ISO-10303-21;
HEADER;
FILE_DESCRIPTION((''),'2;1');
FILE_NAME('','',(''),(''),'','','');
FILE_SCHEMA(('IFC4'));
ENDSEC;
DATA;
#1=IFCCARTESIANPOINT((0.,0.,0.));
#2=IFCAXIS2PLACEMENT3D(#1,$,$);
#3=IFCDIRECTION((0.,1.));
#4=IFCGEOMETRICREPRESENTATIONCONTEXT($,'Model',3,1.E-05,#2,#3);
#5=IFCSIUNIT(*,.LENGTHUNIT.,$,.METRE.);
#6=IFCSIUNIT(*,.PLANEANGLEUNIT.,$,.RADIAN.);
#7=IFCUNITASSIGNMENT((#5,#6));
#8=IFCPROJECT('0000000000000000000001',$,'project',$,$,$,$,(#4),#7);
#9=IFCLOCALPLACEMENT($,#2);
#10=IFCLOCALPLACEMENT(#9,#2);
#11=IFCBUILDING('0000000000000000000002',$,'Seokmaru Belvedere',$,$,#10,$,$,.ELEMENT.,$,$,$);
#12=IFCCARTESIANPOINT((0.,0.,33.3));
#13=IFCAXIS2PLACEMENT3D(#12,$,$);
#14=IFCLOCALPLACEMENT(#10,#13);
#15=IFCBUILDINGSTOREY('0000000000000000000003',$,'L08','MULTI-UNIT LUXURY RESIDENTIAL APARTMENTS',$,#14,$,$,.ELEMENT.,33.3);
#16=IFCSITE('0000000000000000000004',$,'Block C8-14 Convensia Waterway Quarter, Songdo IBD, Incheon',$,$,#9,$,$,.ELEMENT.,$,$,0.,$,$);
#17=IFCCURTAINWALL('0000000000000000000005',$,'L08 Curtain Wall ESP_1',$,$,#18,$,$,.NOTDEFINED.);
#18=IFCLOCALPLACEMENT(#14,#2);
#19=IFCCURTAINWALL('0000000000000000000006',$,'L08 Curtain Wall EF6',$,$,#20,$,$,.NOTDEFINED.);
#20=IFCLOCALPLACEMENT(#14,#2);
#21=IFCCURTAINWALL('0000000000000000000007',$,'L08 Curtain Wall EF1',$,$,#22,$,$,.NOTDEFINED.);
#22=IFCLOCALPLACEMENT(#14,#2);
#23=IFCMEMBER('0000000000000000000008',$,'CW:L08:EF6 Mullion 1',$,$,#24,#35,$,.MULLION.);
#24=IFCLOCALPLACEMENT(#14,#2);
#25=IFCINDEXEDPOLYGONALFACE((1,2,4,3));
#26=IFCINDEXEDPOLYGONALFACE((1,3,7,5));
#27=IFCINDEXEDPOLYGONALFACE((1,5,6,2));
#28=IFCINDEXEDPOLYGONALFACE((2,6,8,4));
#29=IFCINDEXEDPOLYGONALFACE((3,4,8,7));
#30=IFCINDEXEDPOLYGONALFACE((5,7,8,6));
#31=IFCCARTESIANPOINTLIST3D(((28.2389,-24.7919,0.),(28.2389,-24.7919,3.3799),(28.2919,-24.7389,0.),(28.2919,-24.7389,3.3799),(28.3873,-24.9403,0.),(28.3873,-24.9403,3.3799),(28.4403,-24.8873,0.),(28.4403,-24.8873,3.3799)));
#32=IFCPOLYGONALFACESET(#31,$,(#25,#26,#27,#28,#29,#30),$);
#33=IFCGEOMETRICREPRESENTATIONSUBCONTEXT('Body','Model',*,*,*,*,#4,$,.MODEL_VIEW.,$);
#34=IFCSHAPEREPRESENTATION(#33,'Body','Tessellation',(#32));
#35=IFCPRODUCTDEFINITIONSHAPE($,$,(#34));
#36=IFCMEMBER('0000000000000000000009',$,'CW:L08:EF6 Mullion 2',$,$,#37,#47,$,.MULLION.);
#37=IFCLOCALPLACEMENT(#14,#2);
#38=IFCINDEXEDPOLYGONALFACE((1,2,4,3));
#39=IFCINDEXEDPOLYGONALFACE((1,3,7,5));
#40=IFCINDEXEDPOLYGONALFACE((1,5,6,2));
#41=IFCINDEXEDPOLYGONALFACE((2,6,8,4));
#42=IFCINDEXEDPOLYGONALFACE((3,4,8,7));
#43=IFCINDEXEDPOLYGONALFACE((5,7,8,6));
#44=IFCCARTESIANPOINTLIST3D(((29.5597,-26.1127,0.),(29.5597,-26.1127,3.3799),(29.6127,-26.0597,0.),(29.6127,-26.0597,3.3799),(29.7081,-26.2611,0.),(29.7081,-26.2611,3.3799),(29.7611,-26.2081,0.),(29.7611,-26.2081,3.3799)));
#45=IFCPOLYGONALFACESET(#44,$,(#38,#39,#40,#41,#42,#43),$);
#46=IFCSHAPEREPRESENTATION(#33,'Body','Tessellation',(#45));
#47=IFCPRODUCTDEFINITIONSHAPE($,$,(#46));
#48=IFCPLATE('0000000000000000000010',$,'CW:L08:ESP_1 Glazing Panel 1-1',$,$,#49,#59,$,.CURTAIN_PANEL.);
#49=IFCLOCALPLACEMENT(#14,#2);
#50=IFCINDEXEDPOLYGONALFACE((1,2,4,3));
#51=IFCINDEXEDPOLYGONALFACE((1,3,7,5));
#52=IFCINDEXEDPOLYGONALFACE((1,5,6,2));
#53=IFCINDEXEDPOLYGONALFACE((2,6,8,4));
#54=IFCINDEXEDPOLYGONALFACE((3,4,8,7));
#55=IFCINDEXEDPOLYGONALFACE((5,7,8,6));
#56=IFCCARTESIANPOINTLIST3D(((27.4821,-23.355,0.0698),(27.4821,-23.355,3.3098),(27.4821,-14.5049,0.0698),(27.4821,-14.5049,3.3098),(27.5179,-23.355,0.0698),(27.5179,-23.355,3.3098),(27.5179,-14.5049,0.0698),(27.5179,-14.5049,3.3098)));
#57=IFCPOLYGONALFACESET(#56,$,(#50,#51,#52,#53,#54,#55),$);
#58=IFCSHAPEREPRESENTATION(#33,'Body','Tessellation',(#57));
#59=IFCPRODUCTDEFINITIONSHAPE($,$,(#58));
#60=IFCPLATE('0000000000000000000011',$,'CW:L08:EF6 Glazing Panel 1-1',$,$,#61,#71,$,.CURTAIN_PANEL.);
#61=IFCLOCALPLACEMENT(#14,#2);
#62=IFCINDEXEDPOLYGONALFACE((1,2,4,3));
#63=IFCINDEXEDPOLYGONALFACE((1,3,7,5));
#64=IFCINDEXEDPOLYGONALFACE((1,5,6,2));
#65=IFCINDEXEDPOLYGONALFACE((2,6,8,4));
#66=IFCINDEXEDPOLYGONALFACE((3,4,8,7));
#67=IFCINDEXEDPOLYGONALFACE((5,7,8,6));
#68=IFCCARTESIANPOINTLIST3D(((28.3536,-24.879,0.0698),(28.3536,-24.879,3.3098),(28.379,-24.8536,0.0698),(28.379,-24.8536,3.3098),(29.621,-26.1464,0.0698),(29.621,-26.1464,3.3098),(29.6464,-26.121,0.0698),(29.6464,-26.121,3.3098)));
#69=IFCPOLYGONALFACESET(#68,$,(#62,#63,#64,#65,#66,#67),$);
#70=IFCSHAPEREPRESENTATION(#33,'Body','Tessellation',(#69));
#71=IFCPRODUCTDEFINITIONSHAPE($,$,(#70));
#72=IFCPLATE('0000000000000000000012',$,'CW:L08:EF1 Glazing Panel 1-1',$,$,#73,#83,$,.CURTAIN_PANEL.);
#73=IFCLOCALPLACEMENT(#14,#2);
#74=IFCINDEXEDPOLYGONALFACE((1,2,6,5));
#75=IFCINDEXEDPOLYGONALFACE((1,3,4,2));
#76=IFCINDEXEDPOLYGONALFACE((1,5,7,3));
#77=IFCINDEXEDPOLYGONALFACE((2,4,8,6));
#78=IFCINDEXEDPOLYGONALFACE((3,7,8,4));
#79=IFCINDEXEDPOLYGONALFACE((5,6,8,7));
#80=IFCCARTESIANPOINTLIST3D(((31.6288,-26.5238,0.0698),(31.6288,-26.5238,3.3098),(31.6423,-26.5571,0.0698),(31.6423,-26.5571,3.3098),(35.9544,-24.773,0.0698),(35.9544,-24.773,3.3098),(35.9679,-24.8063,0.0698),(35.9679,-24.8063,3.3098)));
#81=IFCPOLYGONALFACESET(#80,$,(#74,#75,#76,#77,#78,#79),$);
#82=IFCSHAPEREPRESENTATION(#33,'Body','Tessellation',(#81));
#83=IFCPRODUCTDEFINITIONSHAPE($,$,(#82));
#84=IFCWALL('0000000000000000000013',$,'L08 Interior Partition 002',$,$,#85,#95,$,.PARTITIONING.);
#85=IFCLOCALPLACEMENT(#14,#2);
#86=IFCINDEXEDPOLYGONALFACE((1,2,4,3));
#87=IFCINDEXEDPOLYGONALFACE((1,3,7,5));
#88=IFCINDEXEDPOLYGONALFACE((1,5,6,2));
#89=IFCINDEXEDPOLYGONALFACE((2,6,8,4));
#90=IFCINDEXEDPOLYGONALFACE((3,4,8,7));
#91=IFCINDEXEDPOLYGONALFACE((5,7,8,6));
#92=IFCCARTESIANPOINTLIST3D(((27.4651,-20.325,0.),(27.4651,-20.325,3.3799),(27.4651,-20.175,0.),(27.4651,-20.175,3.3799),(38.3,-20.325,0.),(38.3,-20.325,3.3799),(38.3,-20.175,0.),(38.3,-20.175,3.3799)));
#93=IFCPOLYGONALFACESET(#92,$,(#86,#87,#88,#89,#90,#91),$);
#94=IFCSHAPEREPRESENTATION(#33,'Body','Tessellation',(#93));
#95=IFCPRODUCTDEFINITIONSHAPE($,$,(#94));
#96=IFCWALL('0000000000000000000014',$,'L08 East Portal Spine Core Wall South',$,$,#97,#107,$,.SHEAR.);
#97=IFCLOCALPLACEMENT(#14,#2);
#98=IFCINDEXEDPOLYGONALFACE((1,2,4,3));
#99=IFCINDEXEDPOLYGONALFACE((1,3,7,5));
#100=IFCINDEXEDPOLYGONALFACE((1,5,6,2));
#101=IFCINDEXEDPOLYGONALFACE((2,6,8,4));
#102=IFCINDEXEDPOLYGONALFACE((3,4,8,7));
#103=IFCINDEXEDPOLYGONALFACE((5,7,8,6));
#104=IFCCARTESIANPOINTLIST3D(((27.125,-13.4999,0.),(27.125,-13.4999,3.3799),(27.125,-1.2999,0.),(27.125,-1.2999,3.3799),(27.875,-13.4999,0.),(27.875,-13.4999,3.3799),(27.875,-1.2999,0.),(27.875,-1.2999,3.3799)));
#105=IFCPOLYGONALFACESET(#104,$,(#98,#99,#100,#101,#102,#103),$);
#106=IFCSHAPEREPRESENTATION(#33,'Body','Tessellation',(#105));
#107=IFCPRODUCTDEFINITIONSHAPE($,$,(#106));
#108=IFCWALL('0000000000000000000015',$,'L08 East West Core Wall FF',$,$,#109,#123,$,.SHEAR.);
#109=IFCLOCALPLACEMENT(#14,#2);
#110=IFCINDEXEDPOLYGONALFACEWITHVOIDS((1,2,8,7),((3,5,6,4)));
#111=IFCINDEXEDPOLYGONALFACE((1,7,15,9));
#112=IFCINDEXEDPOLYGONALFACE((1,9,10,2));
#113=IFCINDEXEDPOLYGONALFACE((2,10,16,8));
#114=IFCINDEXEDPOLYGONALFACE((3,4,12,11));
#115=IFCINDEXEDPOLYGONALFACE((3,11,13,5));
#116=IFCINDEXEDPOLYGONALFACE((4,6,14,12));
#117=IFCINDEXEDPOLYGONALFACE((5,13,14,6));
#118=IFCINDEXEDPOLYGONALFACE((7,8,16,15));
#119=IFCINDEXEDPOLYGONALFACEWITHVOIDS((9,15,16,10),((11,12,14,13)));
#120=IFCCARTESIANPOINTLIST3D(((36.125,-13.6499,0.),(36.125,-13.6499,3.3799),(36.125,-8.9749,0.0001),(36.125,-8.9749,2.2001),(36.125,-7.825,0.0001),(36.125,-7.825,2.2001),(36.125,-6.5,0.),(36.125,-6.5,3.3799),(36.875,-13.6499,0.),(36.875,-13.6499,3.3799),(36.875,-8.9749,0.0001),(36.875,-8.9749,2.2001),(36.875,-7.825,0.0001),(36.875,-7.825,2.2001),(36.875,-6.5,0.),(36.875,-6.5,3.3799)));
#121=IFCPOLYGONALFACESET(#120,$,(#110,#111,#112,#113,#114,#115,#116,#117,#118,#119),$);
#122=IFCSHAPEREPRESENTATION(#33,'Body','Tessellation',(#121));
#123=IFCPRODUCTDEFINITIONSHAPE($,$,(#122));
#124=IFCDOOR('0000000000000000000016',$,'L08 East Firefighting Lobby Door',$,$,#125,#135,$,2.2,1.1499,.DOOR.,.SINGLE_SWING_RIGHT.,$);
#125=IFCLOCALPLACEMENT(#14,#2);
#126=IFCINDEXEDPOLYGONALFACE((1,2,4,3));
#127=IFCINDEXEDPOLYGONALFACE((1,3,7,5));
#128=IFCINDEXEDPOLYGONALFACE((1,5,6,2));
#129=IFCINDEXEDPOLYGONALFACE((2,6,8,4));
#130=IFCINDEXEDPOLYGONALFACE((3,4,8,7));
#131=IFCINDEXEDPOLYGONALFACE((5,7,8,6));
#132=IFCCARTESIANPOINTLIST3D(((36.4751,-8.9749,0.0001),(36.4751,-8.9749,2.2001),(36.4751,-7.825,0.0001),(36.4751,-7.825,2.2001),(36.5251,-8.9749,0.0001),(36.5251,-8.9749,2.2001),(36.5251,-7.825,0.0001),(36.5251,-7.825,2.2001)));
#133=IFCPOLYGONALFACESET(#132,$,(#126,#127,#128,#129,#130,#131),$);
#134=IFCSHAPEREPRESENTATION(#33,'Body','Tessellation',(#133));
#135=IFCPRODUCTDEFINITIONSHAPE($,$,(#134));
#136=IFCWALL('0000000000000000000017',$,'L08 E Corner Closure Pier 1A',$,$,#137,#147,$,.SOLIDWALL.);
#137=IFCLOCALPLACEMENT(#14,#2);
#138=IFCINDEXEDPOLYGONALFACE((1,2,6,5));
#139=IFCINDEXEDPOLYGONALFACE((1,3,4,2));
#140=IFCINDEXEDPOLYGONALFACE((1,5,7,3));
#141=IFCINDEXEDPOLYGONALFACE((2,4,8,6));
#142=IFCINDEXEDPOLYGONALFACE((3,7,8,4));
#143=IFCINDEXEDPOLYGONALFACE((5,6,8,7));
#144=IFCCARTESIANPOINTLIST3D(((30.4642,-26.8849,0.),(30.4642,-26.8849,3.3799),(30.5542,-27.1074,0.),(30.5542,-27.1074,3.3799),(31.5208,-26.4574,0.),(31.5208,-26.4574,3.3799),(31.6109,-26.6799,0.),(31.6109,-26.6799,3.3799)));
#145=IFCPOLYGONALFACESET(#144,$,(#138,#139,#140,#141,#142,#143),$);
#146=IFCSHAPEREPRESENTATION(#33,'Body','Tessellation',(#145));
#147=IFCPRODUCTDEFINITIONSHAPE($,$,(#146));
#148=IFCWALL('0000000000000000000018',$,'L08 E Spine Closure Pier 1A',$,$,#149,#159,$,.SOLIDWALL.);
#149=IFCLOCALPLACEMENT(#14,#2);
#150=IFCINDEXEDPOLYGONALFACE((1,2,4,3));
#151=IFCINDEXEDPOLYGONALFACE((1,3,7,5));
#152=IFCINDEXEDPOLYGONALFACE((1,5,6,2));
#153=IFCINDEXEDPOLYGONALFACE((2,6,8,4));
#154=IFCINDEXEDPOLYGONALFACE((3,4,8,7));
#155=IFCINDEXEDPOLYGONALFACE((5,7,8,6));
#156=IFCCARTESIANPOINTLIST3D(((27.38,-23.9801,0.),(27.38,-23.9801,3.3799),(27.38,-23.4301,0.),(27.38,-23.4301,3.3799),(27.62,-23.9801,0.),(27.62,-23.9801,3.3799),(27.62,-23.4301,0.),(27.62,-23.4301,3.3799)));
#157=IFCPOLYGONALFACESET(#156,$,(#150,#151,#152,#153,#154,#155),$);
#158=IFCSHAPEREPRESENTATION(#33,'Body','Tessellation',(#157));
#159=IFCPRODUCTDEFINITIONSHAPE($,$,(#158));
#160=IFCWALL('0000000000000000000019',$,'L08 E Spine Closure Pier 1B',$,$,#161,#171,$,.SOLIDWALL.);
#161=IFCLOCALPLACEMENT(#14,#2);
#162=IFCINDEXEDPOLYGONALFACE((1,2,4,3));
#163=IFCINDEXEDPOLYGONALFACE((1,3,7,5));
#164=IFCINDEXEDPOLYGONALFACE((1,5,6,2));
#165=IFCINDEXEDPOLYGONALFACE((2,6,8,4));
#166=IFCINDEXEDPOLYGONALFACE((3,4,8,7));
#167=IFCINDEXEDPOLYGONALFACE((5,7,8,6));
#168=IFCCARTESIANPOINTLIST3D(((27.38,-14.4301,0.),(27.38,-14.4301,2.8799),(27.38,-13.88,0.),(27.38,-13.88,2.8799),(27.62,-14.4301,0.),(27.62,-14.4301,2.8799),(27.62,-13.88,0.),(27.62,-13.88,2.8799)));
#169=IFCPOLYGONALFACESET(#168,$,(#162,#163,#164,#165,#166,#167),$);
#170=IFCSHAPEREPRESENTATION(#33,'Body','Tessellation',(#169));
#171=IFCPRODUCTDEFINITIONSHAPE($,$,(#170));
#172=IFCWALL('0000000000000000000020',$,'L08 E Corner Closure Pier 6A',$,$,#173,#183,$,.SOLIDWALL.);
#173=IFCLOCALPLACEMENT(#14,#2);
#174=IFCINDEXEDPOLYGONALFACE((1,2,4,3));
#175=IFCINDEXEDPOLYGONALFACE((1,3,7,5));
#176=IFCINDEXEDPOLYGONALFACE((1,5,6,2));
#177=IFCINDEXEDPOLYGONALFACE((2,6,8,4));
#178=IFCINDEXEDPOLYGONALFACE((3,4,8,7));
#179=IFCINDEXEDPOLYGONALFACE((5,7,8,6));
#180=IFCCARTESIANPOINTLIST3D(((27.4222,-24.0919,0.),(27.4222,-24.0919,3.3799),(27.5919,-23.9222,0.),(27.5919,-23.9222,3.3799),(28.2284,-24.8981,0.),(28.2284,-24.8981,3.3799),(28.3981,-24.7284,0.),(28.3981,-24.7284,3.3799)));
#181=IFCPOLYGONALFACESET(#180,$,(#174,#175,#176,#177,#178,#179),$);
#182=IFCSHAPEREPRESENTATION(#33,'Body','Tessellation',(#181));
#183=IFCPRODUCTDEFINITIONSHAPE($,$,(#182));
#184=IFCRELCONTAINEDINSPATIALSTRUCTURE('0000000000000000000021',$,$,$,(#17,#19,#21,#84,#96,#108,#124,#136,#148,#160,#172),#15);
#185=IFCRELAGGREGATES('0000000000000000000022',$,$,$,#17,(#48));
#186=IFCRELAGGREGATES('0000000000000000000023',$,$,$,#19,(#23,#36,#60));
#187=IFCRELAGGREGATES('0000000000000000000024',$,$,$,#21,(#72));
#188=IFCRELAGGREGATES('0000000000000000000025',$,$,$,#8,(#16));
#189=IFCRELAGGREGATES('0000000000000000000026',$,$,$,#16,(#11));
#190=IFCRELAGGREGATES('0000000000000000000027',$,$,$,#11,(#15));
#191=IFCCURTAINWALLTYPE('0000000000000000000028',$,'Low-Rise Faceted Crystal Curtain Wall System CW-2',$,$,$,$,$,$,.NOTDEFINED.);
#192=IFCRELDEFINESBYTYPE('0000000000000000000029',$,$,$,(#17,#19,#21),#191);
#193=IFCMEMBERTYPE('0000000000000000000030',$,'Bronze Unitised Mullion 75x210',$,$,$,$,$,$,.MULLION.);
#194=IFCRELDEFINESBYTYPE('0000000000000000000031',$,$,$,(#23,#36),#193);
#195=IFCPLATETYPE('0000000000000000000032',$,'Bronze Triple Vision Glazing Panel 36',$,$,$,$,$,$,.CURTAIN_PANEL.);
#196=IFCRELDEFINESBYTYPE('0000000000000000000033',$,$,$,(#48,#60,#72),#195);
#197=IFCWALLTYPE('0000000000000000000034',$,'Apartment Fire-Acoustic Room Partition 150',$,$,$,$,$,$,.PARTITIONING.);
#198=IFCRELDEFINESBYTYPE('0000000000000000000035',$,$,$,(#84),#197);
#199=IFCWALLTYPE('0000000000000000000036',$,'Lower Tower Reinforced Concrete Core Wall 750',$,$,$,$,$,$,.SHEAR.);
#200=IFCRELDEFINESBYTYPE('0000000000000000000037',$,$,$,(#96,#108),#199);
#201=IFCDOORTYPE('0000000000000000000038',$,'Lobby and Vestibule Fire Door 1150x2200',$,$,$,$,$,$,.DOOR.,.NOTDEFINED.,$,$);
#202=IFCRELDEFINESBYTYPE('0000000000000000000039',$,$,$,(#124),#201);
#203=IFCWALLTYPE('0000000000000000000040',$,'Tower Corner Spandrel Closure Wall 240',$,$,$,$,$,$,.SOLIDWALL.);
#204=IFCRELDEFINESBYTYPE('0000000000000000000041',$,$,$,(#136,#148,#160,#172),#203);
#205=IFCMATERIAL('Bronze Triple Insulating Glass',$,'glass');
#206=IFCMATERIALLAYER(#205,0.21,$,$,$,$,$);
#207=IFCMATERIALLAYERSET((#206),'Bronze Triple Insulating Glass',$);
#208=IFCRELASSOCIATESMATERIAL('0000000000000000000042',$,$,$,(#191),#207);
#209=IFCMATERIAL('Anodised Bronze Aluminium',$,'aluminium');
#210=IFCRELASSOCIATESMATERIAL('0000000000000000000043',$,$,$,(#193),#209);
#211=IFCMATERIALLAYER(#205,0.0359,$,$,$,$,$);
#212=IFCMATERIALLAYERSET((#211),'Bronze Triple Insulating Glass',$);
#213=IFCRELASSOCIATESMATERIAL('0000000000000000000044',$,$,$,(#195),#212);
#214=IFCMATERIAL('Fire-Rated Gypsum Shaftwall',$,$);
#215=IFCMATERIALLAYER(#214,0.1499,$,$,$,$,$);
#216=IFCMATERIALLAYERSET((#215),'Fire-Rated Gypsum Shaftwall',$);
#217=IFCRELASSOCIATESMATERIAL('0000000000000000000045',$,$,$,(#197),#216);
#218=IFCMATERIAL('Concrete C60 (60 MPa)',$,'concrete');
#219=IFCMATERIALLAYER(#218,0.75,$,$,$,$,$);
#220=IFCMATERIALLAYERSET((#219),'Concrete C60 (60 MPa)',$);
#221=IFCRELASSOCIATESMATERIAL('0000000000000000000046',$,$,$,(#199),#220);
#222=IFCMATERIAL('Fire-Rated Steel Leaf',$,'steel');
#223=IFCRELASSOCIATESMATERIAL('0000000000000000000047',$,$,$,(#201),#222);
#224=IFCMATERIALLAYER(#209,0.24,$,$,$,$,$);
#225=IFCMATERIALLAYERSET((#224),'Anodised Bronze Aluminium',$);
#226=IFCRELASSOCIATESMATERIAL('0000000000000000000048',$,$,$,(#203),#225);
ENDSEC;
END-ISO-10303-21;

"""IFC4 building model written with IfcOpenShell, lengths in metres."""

from ifc_helpers import new_model, si_unit, direction, frame, frame_2d, origin, origin_2d, place, context, subcontext, project, spatial, rectangle, extrude, source, transform, mapped, material, layer, layer_set, material_profile, profile_set, type_object, type_shapes, element, fill, aggregate, save


model = new_model("IFC4")

# Units and contexts
model_context = context("Model", 3, precision=1e-05, world=origin(), true_north=direction((0.0, 1.0)))
body_context = subcontext(model_context, "Body", "Model", "MODEL_VIEW")
ifc_project = project(units=[si_unit("LENGTHUNIT", "METRE"), si_unit("PLANEANGLEUNIT", "RADIAN")], contexts=[model_context])

# Site, building, storey
site_placement = place(None, origin())
site = spatial("IfcSite", under=ifc_project, at=site_placement, Name="Block C8-14 Convensia Waterway Quarter, Songdo IBD, Incheon", CompositionType="ELEMENT", RefElevation=0.0)
building_placement = place(site_placement, origin())
building = spatial("IfcBuilding", under=site, at=building_placement, Name="Seokmaru Belvedere", CompositionType="ELEMENT")
storey_placement = place(building_placement, frame((0.0, 0.0, 33.3)))
storey = spatial("IfcBuildingStorey", under=building, at=storey_placement, Name="L08", Description="MULTI-UNIT LUXURY RESIDENTIAL APARTMENTS", CompositionType="ELEMENT", Elevation=33.3)

# Curtain walls
ifc_material_1 = material(Name="Bronze Triple Insulating Glass", Category="glass")
ifc_layer_1 = layer(ifc_material_1, 0.21)
ifc_layer_set_1 = layer_set([ifc_layer_1], Name="Bronze Triple Insulating Glass")
curtain_wall_type = type_object("IfcCurtainWallType", Name="Low-Rise Faceted Crystal Curtain Wall System CW-2", PredefinedType="NOTDEFINED", material=ifc_layer_set_1)
curtain_wall_1_placement = place(storey_placement, origin())
curtain_wall_1 = element("IfcCurtainWall", 1, at=curtain_wall_1_placement, inside=storey, type_object=curtain_wall_type, Name="L08 Curtain Wall ESP_1", PredefinedType="NOTDEFINED")
ifc_material_2 = material(Name="Anodised Bronze Aluminium", Category="aluminium")
curtain_wall_2_placement = place(storey_placement, origin())
curtain_wall_2 = element("IfcCurtainWall", 2, at=curtain_wall_2_placement, inside=storey, type_object=curtain_wall_type, Name="L08 Curtain Wall EF6", PredefinedType="NOTDEFINED")
curtain_wall_3_placement = place(storey_placement, origin())
curtain_wall_3 = element("IfcCurtainWall", 3, at=curtain_wall_3_placement, inside=storey, type_object=curtain_wall_type, Name="L08 Curtain Wall EF1", PredefinedType="NOTDEFINED")
ifc_material_profile_1 = material_profile(ifc_material_2, rectangle(XDim=0.075, YDim=0.21, at=origin_2d()), Name="CW-M-75x210")
ifc_profile_set_1 = profile_set([ifc_material_profile_1], Name="Anodised Bronze Aluminium")
member_type_1 = type_object("IfcMemberType", Name="Bronze Unitised Mullion 75x210", PredefinedType="MULLION", material=ifc_profile_set_1)
shared_shape_1 = source(origin(), body_context, "Body", "SweptSolid", [
    extrude(rectangle(XDim=0.075, YDim=0.21, at=origin_2d()), origin(), (0.0, 0.0, 1.0), 3.3799),
])

# Members
member_1_placement = place(storey_placement, frame((28.3396, -24.8396, 0.0), z_axis=(0.0, 0.0, 1.0), x_axis=(0.707107, 0.707107, 0.0)))
member_1 = element("IfcMember", 4, at=member_1_placement, type_object=member_type_1, Name="CW:L08:EF6 Mullion 1", PredefinedType="MULLION", context=body_context, shape_type="MappedRepresentation", body=[
    mapped(shared_shape_1, transform((0.0, 0.0, 0.0), scale=1.0)),
])
member_2_placement = place(storey_placement, frame((29.6604, -26.1604, 0.0), z_axis=(0.0, 0.0, 1.0), x_axis=(0.707107, 0.707107, 0.0)))
member_2 = element("IfcMember", 5, at=member_2_placement, type_object=member_type_1, Name="CW:L08:EF6 Mullion 2", PredefinedType="MULLION", context=body_context, shape_type="MappedRepresentation", body=[
    mapped(shared_shape_1, transform((0.0, 0.0, 0.0), scale=1.0)),
])

# Plates
ifc_layer_2 = layer(ifc_material_1, 0.0359)
ifc_layer_set_2 = layer_set([ifc_layer_2], Name="Bronze Triple Insulating Glass")
plate_type = type_object("IfcPlateType", Name="Bronze Triple Vision Glazing Panel 36", PredefinedType="CURTAIN_PANEL", material=ifc_layer_set_2)
shared_shape_2 = source(origin(), body_context, "Body", "SweptSolid", [
    extrude(rectangle(XDim=8.8501, YDim=0.0359, at=origin_2d()), origin(), (0.0, 0.0, 1.0), 3.24),
])
plate_1_placement = place(storey_placement, frame((27.5, -18.9299, 0.0698), z_axis=(0.0, 0.0, 1.0), x_axis=(0.0, -1.0, 0.0)))
plate_1 = element("IfcPlate", 6, at=plate_1_placement, type_object=plate_type, Name="CW:L08:ESP_1 Glazing Panel 1-1", PredefinedType="CURTAIN_PANEL", context=body_context, shape_type="MappedRepresentation", body=[
    mapped(shared_shape_2, transform((0.0, 0.0, 0.0), scale=1.0)),
])
aggregate(curtain_wall_1, [plate_1])
shared_shape_3 = source(origin(), body_context, "Body", "SweptSolid", [
    extrude(rectangle(XDim=1.7925, YDim=0.0359, at=origin_2d()), origin(), (0.0, 0.0, 1.0), 3.24),
])
plate_2_placement = place(storey_placement, frame((29.0, -25.5, 0.0698), z_axis=(0.0, 0.0, 1.0), x_axis=(0.707107, -0.707107, 0.0)))
plate_2 = element("IfcPlate", 7, at=plate_2_placement, type_object=plate_type, Name="CW:L08:EF6 Glazing Panel 1-1", PredefinedType="CURTAIN_PANEL", context=body_context, shape_type="MappedRepresentation", body=[
    mapped(shared_shape_3, transform((0.0, 0.0, 0.0), scale=1.0)),
])
aggregate(curtain_wall_2, [member_1, member_2, plate_2])
shared_shape_4 = source(origin(), body_context, "Body", "SweptSolid", [
    extrude(rectangle(XDim=4.6665, YDim=0.0359, at=origin_2d()), origin(), (0.0, 0.0, 1.0), 3.24),
])
type_shapes(plate_type, [shared_shape_2, shared_shape_3, shared_shape_4])
plate_3_placement = place(storey_placement, frame((33.7983, -25.665, 0.0698), z_axis=(0.0, 0.0, 1.0), x_axis=(0.926947, 0.375192, 0.0)))
plate_3 = element("IfcPlate", 8, at=plate_3_placement, type_object=plate_type, Name="CW:L08:EF1 Glazing Panel 1-1", PredefinedType="CURTAIN_PANEL", context=body_context, shape_type="MappedRepresentation", body=[
    mapped(shared_shape_4, transform((0.0, 0.0, 0.0), scale=1.0)),
])
aggregate(curtain_wall_3, [plate_3])

# Walls
ifc_material_3 = material(Name="Fire-Rated Gypsum Shaftwall")
ifc_layer_3 = layer(ifc_material_3, 0.1499)
ifc_layer_set_3 = layer_set([ifc_layer_3], Name="Fire-Rated Gypsum Shaftwall")
wall_type_1 = type_object("IfcWallType", Name="Apartment Fire-Acoustic Room Partition 150", PredefinedType="PARTITIONING", material=ifc_layer_set_3)
wall_1_placement = place(storey_placement, frame((27.4651, -20.25, 0.0), z_axis=(0.0, 0.0, 1.0), x_axis=(1.0, 0.0, 0.0)))
element("IfcWall", 9, at=wall_1_placement, inside=storey, type_object=wall_type_1, Name="L08 Interior Partition 002", PredefinedType="PARTITIONING", context=body_context, shape_type="SweptSolid", body=[
    extrude(rectangle(XDim=10.835, YDim=0.1499, at=frame_2d((5.4175, 0.0))), origin(), (0.0, 0.0, 1.0), 3.3799),
])
ifc_material_4 = material(Name="Concrete C60 (60 MPa)", Category="concrete")
ifc_layer_4 = layer(ifc_material_4, 0.75)
ifc_layer_set_4 = layer_set([ifc_layer_4], Name="Concrete C60 (60 MPa)")
wall_type_2 = type_object("IfcWallType", Name="Lower Tower Reinforced Concrete Core Wall 750", PredefinedType="SHEAR", material=ifc_layer_set_4)
wall_2_placement = place(storey_placement, frame((27.5, -13.5, 0.0), z_axis=(0.0, 0.0, 1.0), x_axis=(0.0, 1.0, 0.0)))
element("IfcWall", 10, at=wall_2_placement, inside=storey, type_object=wall_type_2, Name="L08 East Portal Spine Core Wall South", PredefinedType="SHEAR", context=body_context, shape_type="SweptSolid", body=[
    extrude(rectangle(XDim=12.2, YDim=0.75, at=frame_2d((6.1001, 0.0))), origin(), (0.0, 0.0, 1.0), 3.3799),
])

# Wall, opening, door
wall_3_placement = place(storey_placement, frame((36.5, -13.6499, 0.0), z_axis=(0.0, 0.0, 1.0), x_axis=(0.0, 1.0, 0.0)))
wall_3 = element("IfcWall", 11, at=wall_3_placement, inside=storey, type_object=wall_type_2, Name="L08 East West Core Wall FF", PredefinedType="SHEAR", context=body_context, shape_type="SweptSolid", body=[
    extrude(rectangle(XDim=7.1499, YDim=0.75, at=frame_2d((3.575, 0.0))), origin(), (0.0, 0.0, 1.0), 3.3799),
])
opening_placement = place(wall_3_placement, frame((4.675, 0.0, 0.0)))
opening = element("IfcOpeningElement", 12, at=opening_placement, cuts=wall_3, PredefinedType="OPENING", context=body_context, shape_type="SweptSolid", body=[
    extrude(rectangle(XDim=1.1499, YDim=2.2, at=frame_2d((0.575, 1.1001))), frame((0.0, 0.385, 0.0), z_axis=(0.0, -1.0, 0.0), x_axis=(1.0, 0.0, 0.0)), (0.0, 0.0, 1.0), 0.77),
])
ifc_material_5 = material(Name="Fire-Rated Steel Leaf", Category="steel")
door_type = type_object("IfcDoorType", Name="Lobby and Vestibule Fire Door 1150x2200", OperationType="NOTDEFINED", PredefinedType="DOOR", material=ifc_material_5)
shared_shape_5 = source(origin(), body_context, "Body", "SweptSolid", [
    extrude(rectangle(XDim=1.1499, YDim=2.2, at=frame_2d((0.575, 1.1001))), frame((0.0, 0.0249, 0.0), z_axis=(0.0, -1.0, 0.0), x_axis=(1.0, 0.0, 0.0)), (0.0, 0.0, 1.0), 0.05),
])
type_shapes(door_type, [shared_shape_5])
door_placement = place(opening_placement, origin())
door = element("IfcDoor", 13, at=door_placement, inside=storey, type_object=door_type, Name="L08 East Firefighting Lobby Door", OperationType="SINGLE_SWING_RIGHT", OverallHeight=2.2, OverallWidth=1.1499, PredefinedType="DOOR", context=body_context, shape_type="MappedRepresentation", body=[
    mapped(shared_shape_5, transform((0.0, 0.0, 0.0), scale=1.0)),
])
fill(opening, door)

# Walls
ifc_layer_5 = layer(ifc_material_2, 0.24)
ifc_layer_set_5 = layer_set([ifc_layer_5], Name="Anodised Bronze Aluminium")
wall_type_3 = type_object("IfcWallType", Name="Tower Corner Spandrel Closure Wall 240", PredefinedType="SOLIDWALL", material=ifc_layer_set_5)
wall_4_placement = place(storey_placement, frame((30.5093, -26.9961, 0.0), z_axis=(0.0, 0.0, 1.0), x_axis=(0.927007, 0.375044, 0.0)))
element("IfcWall", 14, at=wall_4_placement, inside=storey, type_object=wall_type_3, Name="L08 E Corner Closure Pier 1A", PredefinedType="SOLIDWALL", context=body_context, shape_type="SweptSolid", body=[
    extrude(rectangle(XDim=1.1399, YDim=0.24, at=frame_2d((0.5698, 0.0))), origin(), (0.0, 0.0, 1.0), 3.3799),
])
wall_5_placement = place(storey_placement, frame((27.5, -23.98, 0.0), z_axis=(0.0, 0.0, 1.0), x_axis=(0.0, 1.0, 0.0)))
element("IfcWall", 15, at=wall_5_placement, inside=storey, type_object=wall_type_3, Name="L08 E Spine Closure Pier 1A", PredefinedType="SOLIDWALL", context=body_context, shape_type="SweptSolid", body=[
    extrude(rectangle(XDim=0.55, YDim=0.24, at=frame_2d((0.2749, 0.0))), origin(), (0.0, 0.0, 1.0), 3.3799),
])
wall_6_placement = place(storey_placement, frame((27.5, -14.4299, 0.0), z_axis=(0.0, 0.0, 1.0), x_axis=(0.0, 1.0, 0.0)))
element("IfcWall", 16, at=wall_6_placement, inside=storey, type_object=wall_type_3, Name="L08 E Spine Closure Pier 1B", PredefinedType="SOLIDWALL", context=body_context, shape_type="SweptSolid", body=[
    extrude(rectangle(XDim=0.55, YDim=0.24, at=frame_2d((0.2749, 0.0))), origin(), (0.0, 0.0, 1.0), 2.8799),
])
for number, where, z_axis, x_axis, name in (
    (17, (27.5071, -24.0071, 0.0), (0.0, 0.0, 1.0), (0.707107, -0.707107, 0.0), "L08 E Corner Closure Pier 6A"),
):
    element("IfcWall", number, at=place(storey_placement, frame(where, z_axis=z_axis, x_axis=x_axis)), inside=storey, type_object=wall_type_3, Name=name, PredefinedType="SOLIDWALL", context=body_context, shape_type="SweptSolid", body=[
        extrude(rectangle(XDim=1.1401, YDim=0.24, at=frame_2d((0.5701, 0.0))), origin(), (0.0, 0.0, 1.0), 3.3799),
    ])

save(model, "model.ifc")
